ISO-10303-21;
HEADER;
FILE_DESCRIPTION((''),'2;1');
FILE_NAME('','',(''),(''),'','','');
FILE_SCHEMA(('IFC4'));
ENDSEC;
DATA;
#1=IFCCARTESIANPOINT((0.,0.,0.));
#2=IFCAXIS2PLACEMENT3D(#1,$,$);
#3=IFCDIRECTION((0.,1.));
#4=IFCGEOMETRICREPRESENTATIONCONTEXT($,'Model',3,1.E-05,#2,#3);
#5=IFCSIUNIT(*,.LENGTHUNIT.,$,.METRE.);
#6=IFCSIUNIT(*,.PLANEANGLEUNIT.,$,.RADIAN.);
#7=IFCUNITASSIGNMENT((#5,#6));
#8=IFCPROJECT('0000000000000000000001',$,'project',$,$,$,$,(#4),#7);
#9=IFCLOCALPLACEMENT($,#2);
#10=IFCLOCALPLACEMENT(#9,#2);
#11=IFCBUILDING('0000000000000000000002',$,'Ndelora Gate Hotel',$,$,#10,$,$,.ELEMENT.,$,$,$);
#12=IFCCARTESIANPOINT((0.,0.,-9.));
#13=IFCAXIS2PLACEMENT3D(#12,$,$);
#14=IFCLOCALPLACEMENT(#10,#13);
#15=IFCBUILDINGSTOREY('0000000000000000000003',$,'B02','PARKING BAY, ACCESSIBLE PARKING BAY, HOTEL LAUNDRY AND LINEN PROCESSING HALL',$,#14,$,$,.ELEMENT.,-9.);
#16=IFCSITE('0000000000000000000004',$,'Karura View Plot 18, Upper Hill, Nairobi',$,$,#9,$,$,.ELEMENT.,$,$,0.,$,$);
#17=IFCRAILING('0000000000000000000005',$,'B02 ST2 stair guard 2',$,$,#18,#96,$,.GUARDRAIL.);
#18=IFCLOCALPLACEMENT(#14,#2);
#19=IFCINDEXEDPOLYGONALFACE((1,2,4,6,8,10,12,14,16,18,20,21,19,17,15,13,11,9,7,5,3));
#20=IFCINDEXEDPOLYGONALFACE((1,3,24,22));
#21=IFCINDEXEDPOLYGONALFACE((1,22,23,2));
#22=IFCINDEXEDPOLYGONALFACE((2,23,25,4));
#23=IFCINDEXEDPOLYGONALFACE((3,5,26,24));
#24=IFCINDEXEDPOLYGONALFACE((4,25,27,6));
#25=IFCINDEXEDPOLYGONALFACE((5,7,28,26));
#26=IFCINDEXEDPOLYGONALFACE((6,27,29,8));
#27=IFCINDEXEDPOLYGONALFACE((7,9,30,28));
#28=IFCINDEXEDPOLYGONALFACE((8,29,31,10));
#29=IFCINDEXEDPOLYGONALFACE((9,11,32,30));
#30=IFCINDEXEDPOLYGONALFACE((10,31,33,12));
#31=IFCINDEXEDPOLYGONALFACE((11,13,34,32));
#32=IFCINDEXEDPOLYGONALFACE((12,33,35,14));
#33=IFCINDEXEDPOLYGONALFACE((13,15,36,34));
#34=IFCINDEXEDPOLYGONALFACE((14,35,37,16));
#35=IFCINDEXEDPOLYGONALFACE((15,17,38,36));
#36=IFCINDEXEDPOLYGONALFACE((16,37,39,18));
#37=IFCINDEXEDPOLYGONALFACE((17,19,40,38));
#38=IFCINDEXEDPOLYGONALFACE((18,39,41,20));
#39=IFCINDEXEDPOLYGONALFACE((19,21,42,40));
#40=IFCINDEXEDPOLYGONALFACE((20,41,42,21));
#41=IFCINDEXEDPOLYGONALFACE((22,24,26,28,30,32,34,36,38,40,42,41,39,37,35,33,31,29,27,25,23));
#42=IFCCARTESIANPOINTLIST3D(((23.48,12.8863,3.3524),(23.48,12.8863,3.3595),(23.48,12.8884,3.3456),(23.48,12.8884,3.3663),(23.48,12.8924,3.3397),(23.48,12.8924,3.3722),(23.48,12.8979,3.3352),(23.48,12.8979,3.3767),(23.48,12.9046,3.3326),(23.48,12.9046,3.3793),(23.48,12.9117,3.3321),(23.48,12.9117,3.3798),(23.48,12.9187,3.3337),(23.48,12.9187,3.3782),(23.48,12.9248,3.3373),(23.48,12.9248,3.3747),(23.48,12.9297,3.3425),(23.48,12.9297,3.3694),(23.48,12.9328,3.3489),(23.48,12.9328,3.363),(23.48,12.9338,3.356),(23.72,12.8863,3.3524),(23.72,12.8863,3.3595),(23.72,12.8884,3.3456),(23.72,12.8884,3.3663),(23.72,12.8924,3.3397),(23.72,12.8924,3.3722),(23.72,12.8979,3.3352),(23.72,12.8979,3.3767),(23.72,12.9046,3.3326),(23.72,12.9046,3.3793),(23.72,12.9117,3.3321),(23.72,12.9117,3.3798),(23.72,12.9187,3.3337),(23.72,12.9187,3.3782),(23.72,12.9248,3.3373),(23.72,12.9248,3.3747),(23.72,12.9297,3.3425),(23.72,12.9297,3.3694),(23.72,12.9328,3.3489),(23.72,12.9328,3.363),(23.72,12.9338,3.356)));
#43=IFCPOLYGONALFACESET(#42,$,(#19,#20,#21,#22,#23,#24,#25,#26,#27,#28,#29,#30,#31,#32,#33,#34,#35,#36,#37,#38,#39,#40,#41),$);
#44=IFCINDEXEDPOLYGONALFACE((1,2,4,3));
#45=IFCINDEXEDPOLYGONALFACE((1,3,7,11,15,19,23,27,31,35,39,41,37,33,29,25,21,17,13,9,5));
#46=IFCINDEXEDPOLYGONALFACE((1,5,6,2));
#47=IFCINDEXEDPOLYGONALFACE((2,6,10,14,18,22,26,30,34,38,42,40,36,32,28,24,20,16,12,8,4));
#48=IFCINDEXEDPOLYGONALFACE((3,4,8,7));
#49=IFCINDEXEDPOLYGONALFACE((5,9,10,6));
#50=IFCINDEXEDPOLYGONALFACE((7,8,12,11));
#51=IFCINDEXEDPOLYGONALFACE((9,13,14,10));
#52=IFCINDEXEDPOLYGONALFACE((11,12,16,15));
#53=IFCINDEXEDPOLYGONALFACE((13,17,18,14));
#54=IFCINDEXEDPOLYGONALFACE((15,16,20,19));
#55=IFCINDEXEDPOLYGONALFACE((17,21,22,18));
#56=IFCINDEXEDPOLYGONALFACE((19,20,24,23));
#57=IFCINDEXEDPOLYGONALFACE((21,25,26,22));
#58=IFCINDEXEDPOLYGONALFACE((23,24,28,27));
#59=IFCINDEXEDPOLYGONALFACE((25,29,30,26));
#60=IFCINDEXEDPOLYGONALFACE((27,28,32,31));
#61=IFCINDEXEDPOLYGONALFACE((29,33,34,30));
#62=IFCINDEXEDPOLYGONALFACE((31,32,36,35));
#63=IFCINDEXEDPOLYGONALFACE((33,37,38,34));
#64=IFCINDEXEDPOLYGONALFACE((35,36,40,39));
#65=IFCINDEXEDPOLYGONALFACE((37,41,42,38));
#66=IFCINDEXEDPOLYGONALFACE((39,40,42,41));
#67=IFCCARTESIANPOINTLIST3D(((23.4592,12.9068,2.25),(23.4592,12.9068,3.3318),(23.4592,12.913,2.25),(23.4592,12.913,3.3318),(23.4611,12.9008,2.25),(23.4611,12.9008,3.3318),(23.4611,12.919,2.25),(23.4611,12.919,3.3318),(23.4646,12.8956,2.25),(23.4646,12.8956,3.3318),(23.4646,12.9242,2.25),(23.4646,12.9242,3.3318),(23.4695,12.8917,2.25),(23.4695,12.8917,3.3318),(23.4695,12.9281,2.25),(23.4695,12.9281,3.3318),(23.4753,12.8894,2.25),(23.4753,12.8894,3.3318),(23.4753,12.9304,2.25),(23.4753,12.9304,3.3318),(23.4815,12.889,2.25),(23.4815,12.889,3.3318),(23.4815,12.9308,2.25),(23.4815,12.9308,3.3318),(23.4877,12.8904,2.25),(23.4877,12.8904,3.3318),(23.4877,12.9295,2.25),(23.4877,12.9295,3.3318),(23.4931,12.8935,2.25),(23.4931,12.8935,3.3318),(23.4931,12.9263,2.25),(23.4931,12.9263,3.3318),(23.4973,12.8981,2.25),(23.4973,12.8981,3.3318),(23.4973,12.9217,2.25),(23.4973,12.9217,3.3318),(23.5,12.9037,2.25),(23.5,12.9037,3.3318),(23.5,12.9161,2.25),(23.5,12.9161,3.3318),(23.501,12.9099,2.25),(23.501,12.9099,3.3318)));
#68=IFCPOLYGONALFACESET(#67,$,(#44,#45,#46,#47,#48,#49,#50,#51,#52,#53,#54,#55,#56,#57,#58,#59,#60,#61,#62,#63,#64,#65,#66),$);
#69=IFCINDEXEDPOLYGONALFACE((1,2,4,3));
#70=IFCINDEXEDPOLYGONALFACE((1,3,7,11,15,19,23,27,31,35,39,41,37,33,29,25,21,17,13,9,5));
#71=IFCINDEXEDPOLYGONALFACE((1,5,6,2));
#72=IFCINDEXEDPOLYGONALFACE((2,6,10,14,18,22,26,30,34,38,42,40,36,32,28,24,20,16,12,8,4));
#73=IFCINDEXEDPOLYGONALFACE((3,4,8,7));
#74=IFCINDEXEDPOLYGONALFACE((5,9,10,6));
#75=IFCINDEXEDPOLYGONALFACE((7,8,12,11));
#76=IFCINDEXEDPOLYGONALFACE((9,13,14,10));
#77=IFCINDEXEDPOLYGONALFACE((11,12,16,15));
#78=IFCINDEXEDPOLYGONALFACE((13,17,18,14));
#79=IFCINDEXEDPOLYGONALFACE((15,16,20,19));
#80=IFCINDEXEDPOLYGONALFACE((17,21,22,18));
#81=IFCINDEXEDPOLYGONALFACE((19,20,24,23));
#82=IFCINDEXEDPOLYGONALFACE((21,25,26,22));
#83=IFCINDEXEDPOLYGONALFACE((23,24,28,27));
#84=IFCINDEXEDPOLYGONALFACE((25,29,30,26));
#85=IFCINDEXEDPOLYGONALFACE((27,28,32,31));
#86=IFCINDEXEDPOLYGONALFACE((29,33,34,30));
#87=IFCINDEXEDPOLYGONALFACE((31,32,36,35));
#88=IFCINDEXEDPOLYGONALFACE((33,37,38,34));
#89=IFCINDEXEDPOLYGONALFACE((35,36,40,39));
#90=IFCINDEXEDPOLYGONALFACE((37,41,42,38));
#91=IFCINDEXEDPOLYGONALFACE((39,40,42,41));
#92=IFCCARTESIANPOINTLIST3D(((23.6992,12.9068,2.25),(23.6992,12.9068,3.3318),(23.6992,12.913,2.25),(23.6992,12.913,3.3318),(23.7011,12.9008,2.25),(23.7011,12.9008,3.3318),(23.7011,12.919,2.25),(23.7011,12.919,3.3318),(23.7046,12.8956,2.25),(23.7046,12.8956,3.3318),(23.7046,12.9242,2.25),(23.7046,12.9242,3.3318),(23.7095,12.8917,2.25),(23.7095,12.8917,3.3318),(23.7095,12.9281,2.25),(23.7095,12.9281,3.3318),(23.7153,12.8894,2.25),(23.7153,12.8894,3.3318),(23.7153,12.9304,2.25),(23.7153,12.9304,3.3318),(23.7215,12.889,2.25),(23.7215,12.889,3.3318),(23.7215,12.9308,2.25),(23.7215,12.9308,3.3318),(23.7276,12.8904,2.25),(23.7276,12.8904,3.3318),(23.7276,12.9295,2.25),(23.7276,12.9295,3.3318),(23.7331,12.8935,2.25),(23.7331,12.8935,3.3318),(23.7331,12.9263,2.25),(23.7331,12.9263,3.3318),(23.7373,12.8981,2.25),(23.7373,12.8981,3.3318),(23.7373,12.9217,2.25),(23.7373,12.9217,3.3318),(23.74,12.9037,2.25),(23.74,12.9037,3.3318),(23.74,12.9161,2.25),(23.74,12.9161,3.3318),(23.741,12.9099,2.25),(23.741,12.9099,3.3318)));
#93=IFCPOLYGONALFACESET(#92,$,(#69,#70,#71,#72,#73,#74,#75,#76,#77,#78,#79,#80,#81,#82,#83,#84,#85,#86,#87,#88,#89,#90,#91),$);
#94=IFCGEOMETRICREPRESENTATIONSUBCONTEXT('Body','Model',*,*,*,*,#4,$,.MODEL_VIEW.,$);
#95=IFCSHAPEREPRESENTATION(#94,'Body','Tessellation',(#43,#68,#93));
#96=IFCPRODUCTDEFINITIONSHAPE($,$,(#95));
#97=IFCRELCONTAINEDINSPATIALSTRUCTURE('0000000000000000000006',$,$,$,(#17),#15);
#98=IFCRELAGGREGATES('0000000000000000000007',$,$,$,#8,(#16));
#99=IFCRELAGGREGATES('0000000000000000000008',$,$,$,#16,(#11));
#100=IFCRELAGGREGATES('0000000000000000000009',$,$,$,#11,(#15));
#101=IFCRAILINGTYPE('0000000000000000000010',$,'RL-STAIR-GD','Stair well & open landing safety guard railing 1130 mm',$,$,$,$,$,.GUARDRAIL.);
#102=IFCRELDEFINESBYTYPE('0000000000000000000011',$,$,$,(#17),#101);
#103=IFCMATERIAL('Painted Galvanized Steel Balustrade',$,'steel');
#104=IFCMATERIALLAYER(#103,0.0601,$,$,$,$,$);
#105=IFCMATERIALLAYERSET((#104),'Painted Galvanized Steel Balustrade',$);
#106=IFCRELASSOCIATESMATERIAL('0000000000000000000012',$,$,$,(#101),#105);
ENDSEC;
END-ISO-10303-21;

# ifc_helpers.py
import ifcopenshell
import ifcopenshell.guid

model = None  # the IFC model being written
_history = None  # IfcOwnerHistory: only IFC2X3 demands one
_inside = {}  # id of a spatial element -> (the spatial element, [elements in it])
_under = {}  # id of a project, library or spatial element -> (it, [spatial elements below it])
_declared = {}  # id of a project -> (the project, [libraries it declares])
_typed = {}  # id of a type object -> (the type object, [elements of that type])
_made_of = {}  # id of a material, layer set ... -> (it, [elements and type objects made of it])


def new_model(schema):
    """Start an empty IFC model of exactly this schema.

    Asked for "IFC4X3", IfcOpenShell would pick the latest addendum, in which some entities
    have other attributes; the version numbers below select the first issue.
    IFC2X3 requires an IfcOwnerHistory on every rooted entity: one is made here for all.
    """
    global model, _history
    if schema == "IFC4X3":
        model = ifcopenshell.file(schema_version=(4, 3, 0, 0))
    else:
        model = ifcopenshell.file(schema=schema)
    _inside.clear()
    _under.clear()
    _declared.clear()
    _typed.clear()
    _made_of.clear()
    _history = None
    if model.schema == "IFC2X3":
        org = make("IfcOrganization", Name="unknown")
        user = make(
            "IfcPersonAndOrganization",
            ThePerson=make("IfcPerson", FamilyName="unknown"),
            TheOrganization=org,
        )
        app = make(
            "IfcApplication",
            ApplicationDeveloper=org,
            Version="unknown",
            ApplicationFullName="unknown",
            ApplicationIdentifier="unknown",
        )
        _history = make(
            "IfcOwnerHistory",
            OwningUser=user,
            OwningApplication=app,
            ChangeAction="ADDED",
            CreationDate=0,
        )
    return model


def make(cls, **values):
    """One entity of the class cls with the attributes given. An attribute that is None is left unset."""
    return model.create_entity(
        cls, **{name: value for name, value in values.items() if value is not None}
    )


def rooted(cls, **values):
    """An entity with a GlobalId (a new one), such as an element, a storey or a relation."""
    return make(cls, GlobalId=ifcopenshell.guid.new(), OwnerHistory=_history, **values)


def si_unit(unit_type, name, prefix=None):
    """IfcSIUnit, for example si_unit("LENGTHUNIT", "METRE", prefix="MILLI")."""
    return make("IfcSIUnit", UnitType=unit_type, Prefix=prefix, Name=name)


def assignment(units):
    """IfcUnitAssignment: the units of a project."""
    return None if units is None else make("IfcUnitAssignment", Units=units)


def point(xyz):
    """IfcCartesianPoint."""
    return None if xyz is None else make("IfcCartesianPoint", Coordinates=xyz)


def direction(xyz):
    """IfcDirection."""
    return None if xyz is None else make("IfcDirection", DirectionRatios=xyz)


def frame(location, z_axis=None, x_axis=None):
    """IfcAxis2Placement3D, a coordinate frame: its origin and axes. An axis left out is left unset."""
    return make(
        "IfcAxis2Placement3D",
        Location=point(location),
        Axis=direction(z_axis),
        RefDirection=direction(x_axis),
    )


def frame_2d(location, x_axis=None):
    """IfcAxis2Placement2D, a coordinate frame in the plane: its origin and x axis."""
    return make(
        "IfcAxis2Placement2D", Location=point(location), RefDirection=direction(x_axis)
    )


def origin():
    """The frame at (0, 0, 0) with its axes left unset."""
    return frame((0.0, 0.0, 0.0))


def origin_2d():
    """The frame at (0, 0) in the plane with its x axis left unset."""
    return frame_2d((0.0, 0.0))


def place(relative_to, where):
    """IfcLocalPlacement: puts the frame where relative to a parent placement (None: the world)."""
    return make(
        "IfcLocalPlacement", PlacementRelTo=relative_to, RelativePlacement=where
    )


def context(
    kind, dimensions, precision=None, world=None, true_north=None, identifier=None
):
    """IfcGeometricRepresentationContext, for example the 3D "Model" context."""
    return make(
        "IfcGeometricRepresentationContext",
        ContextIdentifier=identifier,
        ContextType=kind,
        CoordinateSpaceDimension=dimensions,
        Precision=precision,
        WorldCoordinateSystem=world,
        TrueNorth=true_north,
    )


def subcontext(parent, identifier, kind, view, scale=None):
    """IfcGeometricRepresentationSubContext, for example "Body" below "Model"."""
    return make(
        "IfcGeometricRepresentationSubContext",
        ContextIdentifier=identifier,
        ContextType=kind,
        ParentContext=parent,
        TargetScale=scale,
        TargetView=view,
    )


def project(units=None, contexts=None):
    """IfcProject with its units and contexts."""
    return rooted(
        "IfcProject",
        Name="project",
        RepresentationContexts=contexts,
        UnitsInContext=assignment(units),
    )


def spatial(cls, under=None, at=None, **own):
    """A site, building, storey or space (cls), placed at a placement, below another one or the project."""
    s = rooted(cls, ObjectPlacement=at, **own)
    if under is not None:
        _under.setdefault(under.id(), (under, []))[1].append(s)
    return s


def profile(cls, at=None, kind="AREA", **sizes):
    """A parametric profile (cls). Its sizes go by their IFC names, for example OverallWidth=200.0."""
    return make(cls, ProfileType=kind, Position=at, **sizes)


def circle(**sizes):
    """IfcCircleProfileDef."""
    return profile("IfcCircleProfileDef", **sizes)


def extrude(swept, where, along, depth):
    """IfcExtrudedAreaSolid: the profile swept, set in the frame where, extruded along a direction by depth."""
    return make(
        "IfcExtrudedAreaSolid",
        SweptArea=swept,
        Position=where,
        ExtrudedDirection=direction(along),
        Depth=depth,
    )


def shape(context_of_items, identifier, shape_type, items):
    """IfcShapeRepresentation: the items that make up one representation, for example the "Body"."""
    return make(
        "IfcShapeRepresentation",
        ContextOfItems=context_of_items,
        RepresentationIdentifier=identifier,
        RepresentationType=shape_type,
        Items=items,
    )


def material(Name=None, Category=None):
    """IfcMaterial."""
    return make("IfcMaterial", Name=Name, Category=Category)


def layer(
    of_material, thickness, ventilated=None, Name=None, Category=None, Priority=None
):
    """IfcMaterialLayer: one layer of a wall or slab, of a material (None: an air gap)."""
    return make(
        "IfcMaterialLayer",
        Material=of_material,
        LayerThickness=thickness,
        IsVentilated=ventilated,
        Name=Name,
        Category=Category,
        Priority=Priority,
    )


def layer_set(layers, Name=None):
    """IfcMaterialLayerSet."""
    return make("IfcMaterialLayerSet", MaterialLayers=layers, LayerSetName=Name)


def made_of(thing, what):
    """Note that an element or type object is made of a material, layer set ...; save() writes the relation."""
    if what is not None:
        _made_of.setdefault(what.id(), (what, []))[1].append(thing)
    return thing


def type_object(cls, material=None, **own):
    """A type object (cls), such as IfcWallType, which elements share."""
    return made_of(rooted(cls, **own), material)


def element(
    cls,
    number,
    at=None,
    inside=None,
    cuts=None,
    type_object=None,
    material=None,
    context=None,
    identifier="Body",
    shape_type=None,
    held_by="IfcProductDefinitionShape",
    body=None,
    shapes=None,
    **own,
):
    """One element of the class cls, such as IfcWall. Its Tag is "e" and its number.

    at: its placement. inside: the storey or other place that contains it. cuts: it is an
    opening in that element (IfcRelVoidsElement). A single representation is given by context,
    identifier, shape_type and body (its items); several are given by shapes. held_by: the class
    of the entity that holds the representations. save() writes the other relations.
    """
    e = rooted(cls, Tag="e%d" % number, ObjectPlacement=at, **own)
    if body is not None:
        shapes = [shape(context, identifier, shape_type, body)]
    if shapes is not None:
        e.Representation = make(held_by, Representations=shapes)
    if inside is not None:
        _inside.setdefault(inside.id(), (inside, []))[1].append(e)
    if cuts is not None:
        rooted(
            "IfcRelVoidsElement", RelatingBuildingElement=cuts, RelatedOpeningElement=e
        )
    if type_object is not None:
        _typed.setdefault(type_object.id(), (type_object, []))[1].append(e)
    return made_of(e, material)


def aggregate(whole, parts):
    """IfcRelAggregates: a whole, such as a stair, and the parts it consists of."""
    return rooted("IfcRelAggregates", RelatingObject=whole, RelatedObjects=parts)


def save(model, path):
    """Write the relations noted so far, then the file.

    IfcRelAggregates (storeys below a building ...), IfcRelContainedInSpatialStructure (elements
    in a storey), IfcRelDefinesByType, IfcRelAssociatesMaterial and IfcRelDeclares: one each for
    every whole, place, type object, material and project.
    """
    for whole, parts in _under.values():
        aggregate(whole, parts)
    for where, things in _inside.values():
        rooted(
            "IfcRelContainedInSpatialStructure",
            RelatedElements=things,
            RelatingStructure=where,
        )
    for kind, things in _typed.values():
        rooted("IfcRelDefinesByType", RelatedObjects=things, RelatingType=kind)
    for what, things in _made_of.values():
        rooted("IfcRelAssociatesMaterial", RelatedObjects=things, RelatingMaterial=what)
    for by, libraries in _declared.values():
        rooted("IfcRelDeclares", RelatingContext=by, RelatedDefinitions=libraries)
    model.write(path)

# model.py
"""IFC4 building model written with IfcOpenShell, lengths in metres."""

from ifc_helpers import new_model, si_unit, direction, frame, origin, origin_2d, place, context, subcontext, project, spatial, circle, extrude, material, layer, layer_set, type_object, element, save


model = new_model("IFC4")

# Units and contexts
model_context = context("Model", 3, precision=1e-05, world=origin(), true_north=direction((0.0, 1.0)))
body_context = subcontext(model_context, "Body", "Model", "MODEL_VIEW")
ifc_project = project(units=[si_unit("LENGTHUNIT", "METRE"), si_unit("PLANEANGLEUNIT", "RADIAN")], contexts=[model_context])

# Site, building, storey
site_placement = place(None, origin())
site = spatial("IfcSite", under=ifc_project, at=site_placement, Name="Karura View Plot 18, Upper Hill, Nairobi", CompositionType="ELEMENT", RefElevation=0.0)
building_placement = place(site_placement, origin())
building = spatial("IfcBuilding", under=site, at=building_placement, Name="Ndelora Gate Hotel", CompositionType="ELEMENT")
storey_placement = place(building_placement, frame((0.0, 0.0, -9.0)))
storey = spatial("IfcBuildingStorey", under=building, at=storey_placement, Name="B02", Description="PARKING BAY, ACCESSIBLE PARKING BAY, HOTEL LAUNDRY AND LINEN PROCESSING HALL", CompositionType="ELEMENT", Elevation=-9.0)

# Railing
ifc_material_1 = material(Name="Painted Galvanized Steel Balustrade", Category="steel")
ifc_layer_1 = layer(ifc_material_1, 0.0601)
ifc_layer_set_1 = layer_set([ifc_layer_1], Name="Painted Galvanized Steel Balustrade")
railing_type_1 = type_object("IfcRailingType", Name="RL-STAIR-GD", Description="Stair well & open landing safety guard railing 1130 mm", PredefinedType="GUARDRAIL", material=ifc_layer_set_1)
railing_1_placement = place(storey_placement, frame((23.48, 12.9099, 2.25)))
element("IfcRailing", 1, at=railing_1_placement, inside=storey, type_object=railing_type_1, Name="B02 ST2 stair guard 2", PredefinedType="GUARDRAIL", context=body_context, shape_type="SweptSolid", body=[
    extrude(circle(Radius=0.0239, at=origin_2d()), frame((0.0, 0.0, 1.106), z_axis=(1.0, 0.0, 0.0), x_axis=(0.0, 1.0, 0.0)), (0.0, 0.0, 1.0), 0.24),
    extrude(circle(Radius=0.021, at=origin_2d()), origin(), (0.0, 0.0, 1.0), 1.0818),
    extrude(circle(Radius=0.021, at=origin_2d()), frame((0.24, 0.0, 0.0)), (0.0, 0.0, 1.0), 1.0818),
])

save(model, "model.ifc")
